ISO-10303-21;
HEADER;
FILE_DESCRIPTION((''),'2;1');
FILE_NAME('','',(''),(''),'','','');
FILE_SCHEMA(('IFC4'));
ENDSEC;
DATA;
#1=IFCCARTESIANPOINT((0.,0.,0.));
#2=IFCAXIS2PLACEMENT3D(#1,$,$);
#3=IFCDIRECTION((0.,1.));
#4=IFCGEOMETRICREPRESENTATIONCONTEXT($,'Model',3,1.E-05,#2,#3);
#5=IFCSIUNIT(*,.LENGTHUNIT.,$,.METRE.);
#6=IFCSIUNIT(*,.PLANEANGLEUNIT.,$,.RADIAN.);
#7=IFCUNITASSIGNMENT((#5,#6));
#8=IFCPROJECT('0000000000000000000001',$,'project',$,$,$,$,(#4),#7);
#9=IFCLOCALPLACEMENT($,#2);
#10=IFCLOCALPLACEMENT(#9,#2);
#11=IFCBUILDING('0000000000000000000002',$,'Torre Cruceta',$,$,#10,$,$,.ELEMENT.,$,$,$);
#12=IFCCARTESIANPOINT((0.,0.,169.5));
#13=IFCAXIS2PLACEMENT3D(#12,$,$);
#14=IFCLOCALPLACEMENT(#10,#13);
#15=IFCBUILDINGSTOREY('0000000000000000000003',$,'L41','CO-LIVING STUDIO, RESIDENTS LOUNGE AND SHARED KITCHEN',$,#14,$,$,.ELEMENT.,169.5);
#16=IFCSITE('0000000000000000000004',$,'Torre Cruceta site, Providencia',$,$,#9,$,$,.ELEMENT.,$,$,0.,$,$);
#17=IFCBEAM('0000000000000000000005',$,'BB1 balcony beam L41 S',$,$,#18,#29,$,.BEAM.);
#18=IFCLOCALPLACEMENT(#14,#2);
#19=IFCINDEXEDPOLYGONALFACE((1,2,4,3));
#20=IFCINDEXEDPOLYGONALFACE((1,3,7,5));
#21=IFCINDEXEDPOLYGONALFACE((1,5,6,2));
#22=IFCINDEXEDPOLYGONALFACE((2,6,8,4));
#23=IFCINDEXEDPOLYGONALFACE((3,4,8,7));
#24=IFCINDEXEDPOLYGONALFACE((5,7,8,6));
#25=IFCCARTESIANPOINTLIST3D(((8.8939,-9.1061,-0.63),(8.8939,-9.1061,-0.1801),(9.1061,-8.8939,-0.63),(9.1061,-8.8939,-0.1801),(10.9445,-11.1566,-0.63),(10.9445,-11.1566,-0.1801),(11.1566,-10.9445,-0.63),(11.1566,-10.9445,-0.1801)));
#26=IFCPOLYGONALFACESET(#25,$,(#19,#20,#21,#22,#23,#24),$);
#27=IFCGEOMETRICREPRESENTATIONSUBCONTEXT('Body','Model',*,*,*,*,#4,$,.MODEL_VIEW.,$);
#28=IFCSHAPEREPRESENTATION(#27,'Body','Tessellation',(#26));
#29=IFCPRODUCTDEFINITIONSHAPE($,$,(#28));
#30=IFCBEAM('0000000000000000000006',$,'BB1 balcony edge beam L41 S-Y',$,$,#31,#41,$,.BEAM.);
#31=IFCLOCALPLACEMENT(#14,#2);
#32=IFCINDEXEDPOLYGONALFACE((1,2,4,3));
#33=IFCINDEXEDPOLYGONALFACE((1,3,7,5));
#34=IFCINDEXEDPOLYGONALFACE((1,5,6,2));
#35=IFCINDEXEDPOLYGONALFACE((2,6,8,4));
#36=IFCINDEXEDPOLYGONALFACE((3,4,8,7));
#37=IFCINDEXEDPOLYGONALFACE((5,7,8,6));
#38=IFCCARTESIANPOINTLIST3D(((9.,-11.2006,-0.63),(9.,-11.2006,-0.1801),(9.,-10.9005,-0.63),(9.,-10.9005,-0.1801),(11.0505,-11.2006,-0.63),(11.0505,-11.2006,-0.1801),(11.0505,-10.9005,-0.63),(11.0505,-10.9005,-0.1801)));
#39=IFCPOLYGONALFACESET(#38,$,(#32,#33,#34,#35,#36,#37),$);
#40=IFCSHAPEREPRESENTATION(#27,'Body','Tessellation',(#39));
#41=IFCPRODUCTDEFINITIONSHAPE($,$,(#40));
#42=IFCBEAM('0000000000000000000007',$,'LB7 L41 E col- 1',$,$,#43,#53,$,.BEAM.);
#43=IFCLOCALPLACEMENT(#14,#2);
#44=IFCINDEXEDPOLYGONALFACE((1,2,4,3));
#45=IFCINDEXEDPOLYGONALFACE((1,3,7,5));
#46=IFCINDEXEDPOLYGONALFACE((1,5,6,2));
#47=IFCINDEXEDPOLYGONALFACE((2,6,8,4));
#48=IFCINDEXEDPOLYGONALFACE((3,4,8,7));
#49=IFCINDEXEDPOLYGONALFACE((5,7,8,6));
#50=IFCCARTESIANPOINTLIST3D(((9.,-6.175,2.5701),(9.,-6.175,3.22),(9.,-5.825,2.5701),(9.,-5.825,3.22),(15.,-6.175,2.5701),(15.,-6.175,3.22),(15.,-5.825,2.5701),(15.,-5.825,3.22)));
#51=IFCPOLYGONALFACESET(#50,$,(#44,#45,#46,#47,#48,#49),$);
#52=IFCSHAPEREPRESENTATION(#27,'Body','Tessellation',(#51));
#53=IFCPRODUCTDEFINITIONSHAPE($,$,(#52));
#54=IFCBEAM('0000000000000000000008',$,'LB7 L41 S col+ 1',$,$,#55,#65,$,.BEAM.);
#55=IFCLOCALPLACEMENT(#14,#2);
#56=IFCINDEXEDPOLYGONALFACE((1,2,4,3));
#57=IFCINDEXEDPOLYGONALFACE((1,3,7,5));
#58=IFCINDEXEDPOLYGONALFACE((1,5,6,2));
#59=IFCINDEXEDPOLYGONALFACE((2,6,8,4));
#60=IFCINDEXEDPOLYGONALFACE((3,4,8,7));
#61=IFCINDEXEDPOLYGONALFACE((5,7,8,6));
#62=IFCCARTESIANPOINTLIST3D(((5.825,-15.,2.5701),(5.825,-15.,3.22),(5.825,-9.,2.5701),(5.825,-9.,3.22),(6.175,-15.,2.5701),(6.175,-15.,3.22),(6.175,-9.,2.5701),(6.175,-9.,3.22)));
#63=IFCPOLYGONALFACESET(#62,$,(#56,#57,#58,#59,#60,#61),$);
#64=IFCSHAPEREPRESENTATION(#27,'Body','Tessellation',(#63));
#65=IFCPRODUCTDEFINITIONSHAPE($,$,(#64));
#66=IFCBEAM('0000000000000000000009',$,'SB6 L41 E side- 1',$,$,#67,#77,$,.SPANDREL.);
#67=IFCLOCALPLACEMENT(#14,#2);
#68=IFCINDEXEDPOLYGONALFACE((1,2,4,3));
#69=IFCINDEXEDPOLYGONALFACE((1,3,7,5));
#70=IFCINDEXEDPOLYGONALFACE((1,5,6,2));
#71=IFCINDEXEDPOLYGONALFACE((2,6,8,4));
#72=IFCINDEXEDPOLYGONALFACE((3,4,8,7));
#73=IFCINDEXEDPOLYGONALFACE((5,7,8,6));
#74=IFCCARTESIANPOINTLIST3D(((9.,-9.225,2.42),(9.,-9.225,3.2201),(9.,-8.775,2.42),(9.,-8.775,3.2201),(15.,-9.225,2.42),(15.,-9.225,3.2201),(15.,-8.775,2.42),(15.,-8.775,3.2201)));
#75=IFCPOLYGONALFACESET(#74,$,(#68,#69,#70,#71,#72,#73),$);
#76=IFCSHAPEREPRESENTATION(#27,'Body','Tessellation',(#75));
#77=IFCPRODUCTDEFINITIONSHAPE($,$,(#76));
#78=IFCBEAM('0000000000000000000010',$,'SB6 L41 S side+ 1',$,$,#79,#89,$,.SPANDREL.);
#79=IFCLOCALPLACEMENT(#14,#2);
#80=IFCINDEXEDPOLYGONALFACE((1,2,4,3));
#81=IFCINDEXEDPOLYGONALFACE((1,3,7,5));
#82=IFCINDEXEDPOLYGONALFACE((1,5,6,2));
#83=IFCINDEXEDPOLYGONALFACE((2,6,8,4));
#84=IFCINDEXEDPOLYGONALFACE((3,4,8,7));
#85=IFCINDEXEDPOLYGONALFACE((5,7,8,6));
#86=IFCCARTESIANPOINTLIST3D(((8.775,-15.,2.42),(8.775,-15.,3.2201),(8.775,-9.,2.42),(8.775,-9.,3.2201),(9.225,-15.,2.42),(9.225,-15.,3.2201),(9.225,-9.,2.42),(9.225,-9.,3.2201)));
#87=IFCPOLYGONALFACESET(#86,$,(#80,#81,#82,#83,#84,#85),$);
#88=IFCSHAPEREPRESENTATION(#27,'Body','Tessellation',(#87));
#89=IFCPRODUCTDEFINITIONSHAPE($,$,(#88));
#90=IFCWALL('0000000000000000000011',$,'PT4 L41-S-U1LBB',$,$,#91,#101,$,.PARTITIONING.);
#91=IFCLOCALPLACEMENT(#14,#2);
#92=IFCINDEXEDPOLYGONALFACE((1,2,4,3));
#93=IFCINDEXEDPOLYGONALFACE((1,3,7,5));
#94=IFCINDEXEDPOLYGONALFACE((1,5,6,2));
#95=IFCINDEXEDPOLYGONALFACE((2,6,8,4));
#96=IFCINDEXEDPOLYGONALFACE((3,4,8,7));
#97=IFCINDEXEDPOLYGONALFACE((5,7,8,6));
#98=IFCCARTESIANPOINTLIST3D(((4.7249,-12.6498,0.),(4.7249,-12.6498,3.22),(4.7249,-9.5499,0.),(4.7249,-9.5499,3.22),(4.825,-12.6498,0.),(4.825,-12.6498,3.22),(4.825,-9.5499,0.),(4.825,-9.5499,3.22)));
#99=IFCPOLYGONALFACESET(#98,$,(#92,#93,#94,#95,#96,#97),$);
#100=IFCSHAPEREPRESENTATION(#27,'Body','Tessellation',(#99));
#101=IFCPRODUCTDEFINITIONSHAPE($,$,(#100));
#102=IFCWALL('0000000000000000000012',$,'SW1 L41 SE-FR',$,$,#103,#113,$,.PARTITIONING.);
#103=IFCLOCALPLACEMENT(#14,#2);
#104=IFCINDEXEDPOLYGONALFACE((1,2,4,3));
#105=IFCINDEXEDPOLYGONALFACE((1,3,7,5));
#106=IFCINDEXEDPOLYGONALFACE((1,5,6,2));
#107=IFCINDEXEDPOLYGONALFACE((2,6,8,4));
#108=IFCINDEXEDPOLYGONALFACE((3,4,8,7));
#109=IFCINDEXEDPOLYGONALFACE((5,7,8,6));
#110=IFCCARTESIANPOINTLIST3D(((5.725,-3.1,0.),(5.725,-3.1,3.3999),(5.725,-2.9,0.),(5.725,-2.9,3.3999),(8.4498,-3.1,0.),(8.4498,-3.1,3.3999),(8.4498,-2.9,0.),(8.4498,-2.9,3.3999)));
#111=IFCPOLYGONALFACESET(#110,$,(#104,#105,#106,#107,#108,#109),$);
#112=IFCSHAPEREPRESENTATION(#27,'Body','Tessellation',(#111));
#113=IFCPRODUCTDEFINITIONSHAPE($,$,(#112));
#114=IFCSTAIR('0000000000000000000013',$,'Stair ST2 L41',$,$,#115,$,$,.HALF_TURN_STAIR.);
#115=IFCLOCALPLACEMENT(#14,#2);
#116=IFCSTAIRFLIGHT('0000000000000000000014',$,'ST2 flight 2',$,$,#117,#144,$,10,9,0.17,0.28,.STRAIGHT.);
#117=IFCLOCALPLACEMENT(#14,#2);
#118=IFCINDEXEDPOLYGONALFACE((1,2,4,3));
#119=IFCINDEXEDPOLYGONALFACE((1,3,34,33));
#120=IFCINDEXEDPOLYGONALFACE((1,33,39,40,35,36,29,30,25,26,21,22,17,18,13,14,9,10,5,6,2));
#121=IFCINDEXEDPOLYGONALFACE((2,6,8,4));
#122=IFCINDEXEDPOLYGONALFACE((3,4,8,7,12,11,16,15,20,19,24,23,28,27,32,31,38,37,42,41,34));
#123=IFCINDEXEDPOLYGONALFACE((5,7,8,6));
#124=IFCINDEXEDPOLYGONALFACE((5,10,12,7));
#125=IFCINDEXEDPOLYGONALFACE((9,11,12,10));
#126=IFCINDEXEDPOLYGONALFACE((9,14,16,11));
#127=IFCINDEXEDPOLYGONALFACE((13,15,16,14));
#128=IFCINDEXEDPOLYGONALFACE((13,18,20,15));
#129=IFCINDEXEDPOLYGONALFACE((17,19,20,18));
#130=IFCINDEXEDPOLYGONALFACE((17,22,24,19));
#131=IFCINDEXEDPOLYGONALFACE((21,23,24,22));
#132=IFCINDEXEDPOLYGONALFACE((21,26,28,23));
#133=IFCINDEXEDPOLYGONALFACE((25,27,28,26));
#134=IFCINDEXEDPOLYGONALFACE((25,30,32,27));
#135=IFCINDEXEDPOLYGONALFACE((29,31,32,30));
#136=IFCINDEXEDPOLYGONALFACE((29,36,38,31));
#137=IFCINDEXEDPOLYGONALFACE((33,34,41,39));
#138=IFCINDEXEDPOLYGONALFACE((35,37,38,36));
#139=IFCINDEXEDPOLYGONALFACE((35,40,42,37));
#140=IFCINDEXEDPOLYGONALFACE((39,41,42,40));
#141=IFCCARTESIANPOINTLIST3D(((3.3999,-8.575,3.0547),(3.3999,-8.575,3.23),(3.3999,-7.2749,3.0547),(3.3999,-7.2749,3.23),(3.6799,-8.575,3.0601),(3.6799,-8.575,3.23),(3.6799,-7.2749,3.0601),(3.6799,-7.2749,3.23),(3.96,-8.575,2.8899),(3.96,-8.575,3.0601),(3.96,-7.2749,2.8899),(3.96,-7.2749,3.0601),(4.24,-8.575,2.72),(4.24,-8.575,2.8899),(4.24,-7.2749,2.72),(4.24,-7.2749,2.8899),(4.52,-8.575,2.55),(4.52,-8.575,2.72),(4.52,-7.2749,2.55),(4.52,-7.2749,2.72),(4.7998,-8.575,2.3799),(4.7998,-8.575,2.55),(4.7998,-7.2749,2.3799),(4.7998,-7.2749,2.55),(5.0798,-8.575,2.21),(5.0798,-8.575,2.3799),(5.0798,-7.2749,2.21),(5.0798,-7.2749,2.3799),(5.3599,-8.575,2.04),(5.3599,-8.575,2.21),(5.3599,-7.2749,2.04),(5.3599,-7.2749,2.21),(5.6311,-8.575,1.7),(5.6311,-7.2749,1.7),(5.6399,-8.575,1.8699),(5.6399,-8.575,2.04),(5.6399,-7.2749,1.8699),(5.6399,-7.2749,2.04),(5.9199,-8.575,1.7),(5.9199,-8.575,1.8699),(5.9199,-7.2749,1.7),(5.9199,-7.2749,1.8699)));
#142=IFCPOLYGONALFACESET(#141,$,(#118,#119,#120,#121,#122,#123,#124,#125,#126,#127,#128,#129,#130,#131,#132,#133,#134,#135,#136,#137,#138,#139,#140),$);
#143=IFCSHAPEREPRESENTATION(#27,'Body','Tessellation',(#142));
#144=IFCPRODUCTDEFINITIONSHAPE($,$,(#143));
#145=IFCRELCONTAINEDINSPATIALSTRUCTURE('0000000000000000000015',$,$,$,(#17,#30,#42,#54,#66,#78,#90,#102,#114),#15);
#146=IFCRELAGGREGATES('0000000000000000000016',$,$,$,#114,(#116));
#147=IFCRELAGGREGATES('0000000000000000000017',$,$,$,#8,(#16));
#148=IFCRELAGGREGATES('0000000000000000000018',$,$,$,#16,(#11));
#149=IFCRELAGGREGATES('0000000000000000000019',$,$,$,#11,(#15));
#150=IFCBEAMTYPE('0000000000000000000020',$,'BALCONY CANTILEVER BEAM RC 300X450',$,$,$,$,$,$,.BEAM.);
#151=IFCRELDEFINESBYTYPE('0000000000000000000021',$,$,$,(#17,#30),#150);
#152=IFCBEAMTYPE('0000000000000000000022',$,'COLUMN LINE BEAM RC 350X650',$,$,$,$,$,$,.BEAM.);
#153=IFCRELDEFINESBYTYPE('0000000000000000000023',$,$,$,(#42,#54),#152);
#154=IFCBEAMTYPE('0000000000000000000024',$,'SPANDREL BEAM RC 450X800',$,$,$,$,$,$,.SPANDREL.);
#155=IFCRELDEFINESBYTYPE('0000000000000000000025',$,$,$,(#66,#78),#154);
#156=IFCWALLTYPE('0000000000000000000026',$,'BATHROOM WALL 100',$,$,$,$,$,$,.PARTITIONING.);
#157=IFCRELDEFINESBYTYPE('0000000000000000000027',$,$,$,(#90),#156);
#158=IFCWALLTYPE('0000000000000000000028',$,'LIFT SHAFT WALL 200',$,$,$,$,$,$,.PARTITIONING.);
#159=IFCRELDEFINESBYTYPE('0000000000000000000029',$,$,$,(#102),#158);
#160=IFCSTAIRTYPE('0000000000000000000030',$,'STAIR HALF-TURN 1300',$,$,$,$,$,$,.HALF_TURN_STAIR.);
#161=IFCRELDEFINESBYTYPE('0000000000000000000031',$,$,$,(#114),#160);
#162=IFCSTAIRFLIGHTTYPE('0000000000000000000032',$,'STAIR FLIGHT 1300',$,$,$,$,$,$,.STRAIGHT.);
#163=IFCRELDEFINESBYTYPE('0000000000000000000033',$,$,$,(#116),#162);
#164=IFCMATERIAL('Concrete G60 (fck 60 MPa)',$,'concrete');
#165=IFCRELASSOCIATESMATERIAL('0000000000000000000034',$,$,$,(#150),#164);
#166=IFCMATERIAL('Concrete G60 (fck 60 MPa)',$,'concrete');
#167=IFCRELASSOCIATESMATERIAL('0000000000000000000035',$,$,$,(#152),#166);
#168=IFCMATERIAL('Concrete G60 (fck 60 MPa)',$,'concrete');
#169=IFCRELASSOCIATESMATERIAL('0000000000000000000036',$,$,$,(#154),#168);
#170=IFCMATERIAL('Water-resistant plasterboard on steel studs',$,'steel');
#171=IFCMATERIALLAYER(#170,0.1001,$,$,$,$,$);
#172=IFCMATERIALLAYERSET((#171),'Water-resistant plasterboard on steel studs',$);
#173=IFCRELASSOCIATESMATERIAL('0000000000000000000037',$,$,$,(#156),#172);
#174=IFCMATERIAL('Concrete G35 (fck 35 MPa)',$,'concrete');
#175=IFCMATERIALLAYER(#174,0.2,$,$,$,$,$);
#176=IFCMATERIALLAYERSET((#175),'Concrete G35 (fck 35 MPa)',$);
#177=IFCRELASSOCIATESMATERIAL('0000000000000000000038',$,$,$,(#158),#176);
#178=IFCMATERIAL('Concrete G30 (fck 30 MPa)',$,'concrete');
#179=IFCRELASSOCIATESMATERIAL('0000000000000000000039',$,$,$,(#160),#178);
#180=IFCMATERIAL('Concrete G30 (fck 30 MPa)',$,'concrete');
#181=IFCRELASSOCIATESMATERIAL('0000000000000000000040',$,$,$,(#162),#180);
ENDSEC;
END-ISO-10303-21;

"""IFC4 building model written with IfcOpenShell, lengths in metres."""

from ifc_helpers import new_model, si_unit, direction, frame, frame_2d, origin, origin_2d, place, context, subcontext, project, spatial, polyline, rectangle, outline, extrude, material, layer, layer_set, material_profile, profile_set, type_object, element, aggregate, save


model = new_model("IFC4")

# Units and contexts
model_context = context("Model", 3, precision=1e-05, world=origin(), true_north=direction((0.0, 1.0)))
body_context = subcontext(model_context, "Body", "Model", "MODEL_VIEW")
ifc_project = project(units=[si_unit("LENGTHUNIT", "METRE"), si_unit("PLANEANGLEUNIT", "RADIAN")], contexts=[model_context])

# Site, building, storey
site_placement = place(None, origin())
site = spatial("IfcSite", under=ifc_project, at=site_placement, Name="Torre Cruceta site, Providencia", CompositionType="ELEMENT", RefElevation=0.0)
building_placement = place(site_placement, origin())
building = spatial("IfcBuilding", under=site, at=building_placement, Name="Torre Cruceta", CompositionType="ELEMENT")
storey_placement = place(building_placement, frame((0.0, 0.0, 169.5)))
storey = spatial("IfcBuildingStorey", under=building, at=storey_placement, Name="L41", Description="CO-LIVING STUDIO, RESIDENTS LOUNGE AND SHARED KITCHEN", CompositionType="ELEMENT", Elevation=169.5)

# Beams
ifc_material_1 = material(Name="Concrete G60 (fck 60 MPa)", Category="concrete")
ifc_material_profile_1 = material_profile(ifc_material_1, rectangle(XDim=0.3, YDim=0.45, at=origin_2d()), Name="RC 300X450")
ifc_profile_set_1 = profile_set([ifc_material_profile_1], Name="Concrete G60 (fck 60 MPa)")
beam_type_1 = type_object("IfcBeamType", Name="BALCONY CANTILEVER BEAM RC 300X450", PredefinedType="BEAM", material=ifc_profile_set_1)
beam_1_placement = place(storey_placement, frame((9.0, -9.0, -0.405), z_axis=(0.707107, -0.707107, 0.0), x_axis=(0.707107, 0.707107, 0.0)))
element("IfcBeam", 1, at=beam_1_placement, inside=storey, type_object=beam_type_1, Name="BB1 balcony beam L41 S", PredefinedType="BEAM", context=body_context, shape_type="SweptSolid", body=[
    extrude(rectangle(XDim=0.3, YDim=0.45, at=origin_2d()), origin(), (0.0, 0.0, 1.0), 2.8999),
])
beam_2_placement = place(storey_placement, frame((9.0, -11.0505, -0.405), z_axis=(1.0, 0.0, 0.0), x_axis=(0.0, 1.0, 0.0)))
element("IfcBeam", 2, at=beam_2_placement, inside=storey, type_object=beam_type_1, Name="BB1 balcony edge beam L41 S-Y", PredefinedType="BEAM", context=body_context, shape_type="SweptSolid", body=[
    extrude(rectangle(XDim=0.3, YDim=0.45, at=origin_2d()), origin(), (0.0, 0.0, 1.0), 2.0505),
])
ifc_material_2 = material(Name="Concrete G60 (fck 60 MPa)", Category="concrete")
ifc_material_profile_2 = material_profile(ifc_material_2, rectangle(XDim=0.3501, YDim=0.6499, at=origin_2d()), Name="RC 350X650")
ifc_profile_set_2 = profile_set([ifc_material_profile_2], Name="Concrete G60 (fck 60 MPa)")
beam_type_2 = type_object("IfcBeamType", Name="COLUMN LINE BEAM RC 350X650", PredefinedType="BEAM", material=ifc_profile_set_2)
for number, where, z_axis, x_axis, name in (
    (3, (9.0, -6.0, 2.895), (1.0, 0.0, 0.0), (0.0, 1.0, 0.0), "LB7 L41 E col- 1"),
    (4, (6.0, -9.0, 2.895), (0.0, -1.0, 0.0), (1.0, 0.0, 0.0), "LB7 L41 S col+ 1"),
):
    element("IfcBeam", number, at=place(storey_placement, frame(where, z_axis=z_axis, x_axis=x_axis)), inside=storey, type_object=beam_type_2, Name=name, PredefinedType="BEAM", context=body_context, shape_type="SweptSolid", body=[
        extrude(rectangle(XDim=0.3501, YDim=0.6499, at=origin_2d()), origin(), (0.0, 0.0, 1.0), 6.0),
    ])
ifc_material_3 = material(Name="Concrete G60 (fck 60 MPa)", Category="concrete")
ifc_material_profile_3 = material_profile(ifc_material_3, rectangle(XDim=0.45, YDim=0.8, at=origin_2d()), Name="RC 450X800")
ifc_profile_set_3 = profile_set([ifc_material_profile_3], Name="Concrete G60 (fck 60 MPa)")
beam_type_3 = type_object("IfcBeamType", Name="SPANDREL BEAM RC 450X800", PredefinedType="SPANDREL", material=ifc_profile_set_3)
for number, where, z_axis, x_axis, name in (
    (5, (9.0, -9.0, 2.8201), (1.0, 0.0, 0.0), (0.0, 1.0, 0.0), "SB6 L41 E side- 1"),
    (6, (9.0, -9.0, 2.8201), (0.0, -1.0, 0.0), (1.0, 0.0, 0.0), "SB6 L41 S side+ 1"),
):
    element("IfcBeam", number, at=place(storey_placement, frame(where, z_axis=z_axis, x_axis=x_axis)), inside=storey, type_object=beam_type_3, Name=name, PredefinedType="SPANDREL", context=body_context, shape_type="SweptSolid", body=[
        extrude(rectangle(XDim=0.45, YDim=0.8, at=origin_2d()), origin(), (0.0, 0.0, 1.0), 6.0),
    ])

# Wall
ifc_material_4 = material(Name="Water-resistant plasterboard on steel studs", Category="steel")
ifc_layer_1 = layer(ifc_material_4, 0.1001)
ifc_layer_set_1 = layer_set([ifc_layer_1], Name="Water-resistant plasterboard on steel studs")
wall_type_1 = type_object("IfcWallType", Name="BATHROOM WALL 100", PredefinedType="PARTITIONING", material=ifc_layer_set_1)
wall_1_placement = place(storey_placement, frame((4.7749, -9.55, 0.0), z_axis=(0.0, 0.0, 1.0), x_axis=(0.0, -1.0, 0.0)))
element("IfcWall", 7, at=wall_1_placement, inside=storey, type_object=wall_type_1, Name="PT4 L41-S-U1LBB", PredefinedType="PARTITIONING", context=body_context, shape_type="SweptSolid", body=[
    extrude(rectangle(XDim=3.0999, YDim=0.1001, at=frame_2d((1.5498, 0.0))), origin(), (0.0, 0.0, 1.0), 3.22),
])

# Wall
ifc_material_5 = material(Name="Concrete G35 (fck 35 MPa)", Category="concrete")
ifc_layer_2 = layer(ifc_material_5, 0.2)
ifc_layer_set_2 = layer_set([ifc_layer_2], Name="Concrete G35 (fck 35 MPa)")
wall_type_2 = type_object("IfcWallType", Name="LIFT SHAFT WALL 200", PredefinedType="PARTITIONING", material=ifc_layer_set_2)
wall_2_placement = place(storey_placement, frame((5.7251, -3.0, 0.0), z_axis=(0.0, 0.0, 1.0), x_axis=(1.0, 0.0, 0.0)))
element("IfcWall", 8, at=wall_2_placement, inside=storey, type_object=wall_type_2, Name="SW1 L41 SE-FR", PredefinedType="PARTITIONING", context=body_context, shape_type="SweptSolid", body=[
    extrude(rectangle(XDim=2.7249, YDim=0.2, at=frame_2d((1.3623, 0.0))), origin(), (0.0, 0.0, 1.0), 3.3999),
])

# Stair, stair flight
ifc_material_6 = material(Name="Concrete G30 (fck 30 MPa)", Category="concrete")
stair_type = type_object("IfcStairType", Name="STAIR HALF-TURN 1300", PredefinedType="HALF_TURN_STAIR", material=ifc_material_6)
stair_placement = place(storey_placement, origin())
stair = element("IfcStair", 9, at=stair_placement, inside=storey, type_object=stair_type, Name="Stair ST2 L41", PredefinedType="HALF_TURN_STAIR")
ifc_material_7 = material(Name="Concrete G30 (fck 30 MPa)", Category="concrete")
stair_flight_type = type_object("IfcStairFlightType", Name="STAIR FLIGHT 1300", PredefinedType="STRAIGHT", material=ifc_material_7)
stair_flight_placement = place(storey_placement, frame((5.9199, -7.925, 1.7), z_axis=(0.0, 0.0, 1.0), x_axis=(-1.0, 0.0, 0.0)))
stair_flight = element("IfcStairFlight", 10, at=stair_flight_placement, type_object=stair_flight_type, Name="ST2 flight 2", NumberOfRisers=10, NumberOfTreads=9, PredefinedType="STRAIGHT", RiserHeight=0.17, TreadLength=0.28, context=body_context, shape_type="SweptSolid", body=[
    extrude(outline(polyline([(0.0, 0.0), (0.0, 0.1699), (0.28, 0.1699), (0.28, 0.3401), (0.5601, 0.3401), (0.5601, 0.51), (0.8401, 0.51), (0.8401, 0.6799), (1.1201, 0.6799), (1.1201, 0.8501), (1.3999, 0.8501), (1.3999, 1.02), (1.6799, 1.02), (1.6799, 1.1899), (1.96, 1.1899), (1.96, 1.3601), (2.24, 1.3601), (2.24, 1.53), (2.52, 1.53), (2.52, 1.7), (2.52, 1.3547), (0.2888, 0.0), (0.0, 0.0)])), frame((0.0, 0.6499, 0.0), z_axis=(0.0, -1.0, 0.0), x_axis=(1.0, 0.0, 0.0)), (0.0, 0.0, 1.0), 1.3),
])
aggregate(stair, [stair_flight])

save(model, "model.ifc")
